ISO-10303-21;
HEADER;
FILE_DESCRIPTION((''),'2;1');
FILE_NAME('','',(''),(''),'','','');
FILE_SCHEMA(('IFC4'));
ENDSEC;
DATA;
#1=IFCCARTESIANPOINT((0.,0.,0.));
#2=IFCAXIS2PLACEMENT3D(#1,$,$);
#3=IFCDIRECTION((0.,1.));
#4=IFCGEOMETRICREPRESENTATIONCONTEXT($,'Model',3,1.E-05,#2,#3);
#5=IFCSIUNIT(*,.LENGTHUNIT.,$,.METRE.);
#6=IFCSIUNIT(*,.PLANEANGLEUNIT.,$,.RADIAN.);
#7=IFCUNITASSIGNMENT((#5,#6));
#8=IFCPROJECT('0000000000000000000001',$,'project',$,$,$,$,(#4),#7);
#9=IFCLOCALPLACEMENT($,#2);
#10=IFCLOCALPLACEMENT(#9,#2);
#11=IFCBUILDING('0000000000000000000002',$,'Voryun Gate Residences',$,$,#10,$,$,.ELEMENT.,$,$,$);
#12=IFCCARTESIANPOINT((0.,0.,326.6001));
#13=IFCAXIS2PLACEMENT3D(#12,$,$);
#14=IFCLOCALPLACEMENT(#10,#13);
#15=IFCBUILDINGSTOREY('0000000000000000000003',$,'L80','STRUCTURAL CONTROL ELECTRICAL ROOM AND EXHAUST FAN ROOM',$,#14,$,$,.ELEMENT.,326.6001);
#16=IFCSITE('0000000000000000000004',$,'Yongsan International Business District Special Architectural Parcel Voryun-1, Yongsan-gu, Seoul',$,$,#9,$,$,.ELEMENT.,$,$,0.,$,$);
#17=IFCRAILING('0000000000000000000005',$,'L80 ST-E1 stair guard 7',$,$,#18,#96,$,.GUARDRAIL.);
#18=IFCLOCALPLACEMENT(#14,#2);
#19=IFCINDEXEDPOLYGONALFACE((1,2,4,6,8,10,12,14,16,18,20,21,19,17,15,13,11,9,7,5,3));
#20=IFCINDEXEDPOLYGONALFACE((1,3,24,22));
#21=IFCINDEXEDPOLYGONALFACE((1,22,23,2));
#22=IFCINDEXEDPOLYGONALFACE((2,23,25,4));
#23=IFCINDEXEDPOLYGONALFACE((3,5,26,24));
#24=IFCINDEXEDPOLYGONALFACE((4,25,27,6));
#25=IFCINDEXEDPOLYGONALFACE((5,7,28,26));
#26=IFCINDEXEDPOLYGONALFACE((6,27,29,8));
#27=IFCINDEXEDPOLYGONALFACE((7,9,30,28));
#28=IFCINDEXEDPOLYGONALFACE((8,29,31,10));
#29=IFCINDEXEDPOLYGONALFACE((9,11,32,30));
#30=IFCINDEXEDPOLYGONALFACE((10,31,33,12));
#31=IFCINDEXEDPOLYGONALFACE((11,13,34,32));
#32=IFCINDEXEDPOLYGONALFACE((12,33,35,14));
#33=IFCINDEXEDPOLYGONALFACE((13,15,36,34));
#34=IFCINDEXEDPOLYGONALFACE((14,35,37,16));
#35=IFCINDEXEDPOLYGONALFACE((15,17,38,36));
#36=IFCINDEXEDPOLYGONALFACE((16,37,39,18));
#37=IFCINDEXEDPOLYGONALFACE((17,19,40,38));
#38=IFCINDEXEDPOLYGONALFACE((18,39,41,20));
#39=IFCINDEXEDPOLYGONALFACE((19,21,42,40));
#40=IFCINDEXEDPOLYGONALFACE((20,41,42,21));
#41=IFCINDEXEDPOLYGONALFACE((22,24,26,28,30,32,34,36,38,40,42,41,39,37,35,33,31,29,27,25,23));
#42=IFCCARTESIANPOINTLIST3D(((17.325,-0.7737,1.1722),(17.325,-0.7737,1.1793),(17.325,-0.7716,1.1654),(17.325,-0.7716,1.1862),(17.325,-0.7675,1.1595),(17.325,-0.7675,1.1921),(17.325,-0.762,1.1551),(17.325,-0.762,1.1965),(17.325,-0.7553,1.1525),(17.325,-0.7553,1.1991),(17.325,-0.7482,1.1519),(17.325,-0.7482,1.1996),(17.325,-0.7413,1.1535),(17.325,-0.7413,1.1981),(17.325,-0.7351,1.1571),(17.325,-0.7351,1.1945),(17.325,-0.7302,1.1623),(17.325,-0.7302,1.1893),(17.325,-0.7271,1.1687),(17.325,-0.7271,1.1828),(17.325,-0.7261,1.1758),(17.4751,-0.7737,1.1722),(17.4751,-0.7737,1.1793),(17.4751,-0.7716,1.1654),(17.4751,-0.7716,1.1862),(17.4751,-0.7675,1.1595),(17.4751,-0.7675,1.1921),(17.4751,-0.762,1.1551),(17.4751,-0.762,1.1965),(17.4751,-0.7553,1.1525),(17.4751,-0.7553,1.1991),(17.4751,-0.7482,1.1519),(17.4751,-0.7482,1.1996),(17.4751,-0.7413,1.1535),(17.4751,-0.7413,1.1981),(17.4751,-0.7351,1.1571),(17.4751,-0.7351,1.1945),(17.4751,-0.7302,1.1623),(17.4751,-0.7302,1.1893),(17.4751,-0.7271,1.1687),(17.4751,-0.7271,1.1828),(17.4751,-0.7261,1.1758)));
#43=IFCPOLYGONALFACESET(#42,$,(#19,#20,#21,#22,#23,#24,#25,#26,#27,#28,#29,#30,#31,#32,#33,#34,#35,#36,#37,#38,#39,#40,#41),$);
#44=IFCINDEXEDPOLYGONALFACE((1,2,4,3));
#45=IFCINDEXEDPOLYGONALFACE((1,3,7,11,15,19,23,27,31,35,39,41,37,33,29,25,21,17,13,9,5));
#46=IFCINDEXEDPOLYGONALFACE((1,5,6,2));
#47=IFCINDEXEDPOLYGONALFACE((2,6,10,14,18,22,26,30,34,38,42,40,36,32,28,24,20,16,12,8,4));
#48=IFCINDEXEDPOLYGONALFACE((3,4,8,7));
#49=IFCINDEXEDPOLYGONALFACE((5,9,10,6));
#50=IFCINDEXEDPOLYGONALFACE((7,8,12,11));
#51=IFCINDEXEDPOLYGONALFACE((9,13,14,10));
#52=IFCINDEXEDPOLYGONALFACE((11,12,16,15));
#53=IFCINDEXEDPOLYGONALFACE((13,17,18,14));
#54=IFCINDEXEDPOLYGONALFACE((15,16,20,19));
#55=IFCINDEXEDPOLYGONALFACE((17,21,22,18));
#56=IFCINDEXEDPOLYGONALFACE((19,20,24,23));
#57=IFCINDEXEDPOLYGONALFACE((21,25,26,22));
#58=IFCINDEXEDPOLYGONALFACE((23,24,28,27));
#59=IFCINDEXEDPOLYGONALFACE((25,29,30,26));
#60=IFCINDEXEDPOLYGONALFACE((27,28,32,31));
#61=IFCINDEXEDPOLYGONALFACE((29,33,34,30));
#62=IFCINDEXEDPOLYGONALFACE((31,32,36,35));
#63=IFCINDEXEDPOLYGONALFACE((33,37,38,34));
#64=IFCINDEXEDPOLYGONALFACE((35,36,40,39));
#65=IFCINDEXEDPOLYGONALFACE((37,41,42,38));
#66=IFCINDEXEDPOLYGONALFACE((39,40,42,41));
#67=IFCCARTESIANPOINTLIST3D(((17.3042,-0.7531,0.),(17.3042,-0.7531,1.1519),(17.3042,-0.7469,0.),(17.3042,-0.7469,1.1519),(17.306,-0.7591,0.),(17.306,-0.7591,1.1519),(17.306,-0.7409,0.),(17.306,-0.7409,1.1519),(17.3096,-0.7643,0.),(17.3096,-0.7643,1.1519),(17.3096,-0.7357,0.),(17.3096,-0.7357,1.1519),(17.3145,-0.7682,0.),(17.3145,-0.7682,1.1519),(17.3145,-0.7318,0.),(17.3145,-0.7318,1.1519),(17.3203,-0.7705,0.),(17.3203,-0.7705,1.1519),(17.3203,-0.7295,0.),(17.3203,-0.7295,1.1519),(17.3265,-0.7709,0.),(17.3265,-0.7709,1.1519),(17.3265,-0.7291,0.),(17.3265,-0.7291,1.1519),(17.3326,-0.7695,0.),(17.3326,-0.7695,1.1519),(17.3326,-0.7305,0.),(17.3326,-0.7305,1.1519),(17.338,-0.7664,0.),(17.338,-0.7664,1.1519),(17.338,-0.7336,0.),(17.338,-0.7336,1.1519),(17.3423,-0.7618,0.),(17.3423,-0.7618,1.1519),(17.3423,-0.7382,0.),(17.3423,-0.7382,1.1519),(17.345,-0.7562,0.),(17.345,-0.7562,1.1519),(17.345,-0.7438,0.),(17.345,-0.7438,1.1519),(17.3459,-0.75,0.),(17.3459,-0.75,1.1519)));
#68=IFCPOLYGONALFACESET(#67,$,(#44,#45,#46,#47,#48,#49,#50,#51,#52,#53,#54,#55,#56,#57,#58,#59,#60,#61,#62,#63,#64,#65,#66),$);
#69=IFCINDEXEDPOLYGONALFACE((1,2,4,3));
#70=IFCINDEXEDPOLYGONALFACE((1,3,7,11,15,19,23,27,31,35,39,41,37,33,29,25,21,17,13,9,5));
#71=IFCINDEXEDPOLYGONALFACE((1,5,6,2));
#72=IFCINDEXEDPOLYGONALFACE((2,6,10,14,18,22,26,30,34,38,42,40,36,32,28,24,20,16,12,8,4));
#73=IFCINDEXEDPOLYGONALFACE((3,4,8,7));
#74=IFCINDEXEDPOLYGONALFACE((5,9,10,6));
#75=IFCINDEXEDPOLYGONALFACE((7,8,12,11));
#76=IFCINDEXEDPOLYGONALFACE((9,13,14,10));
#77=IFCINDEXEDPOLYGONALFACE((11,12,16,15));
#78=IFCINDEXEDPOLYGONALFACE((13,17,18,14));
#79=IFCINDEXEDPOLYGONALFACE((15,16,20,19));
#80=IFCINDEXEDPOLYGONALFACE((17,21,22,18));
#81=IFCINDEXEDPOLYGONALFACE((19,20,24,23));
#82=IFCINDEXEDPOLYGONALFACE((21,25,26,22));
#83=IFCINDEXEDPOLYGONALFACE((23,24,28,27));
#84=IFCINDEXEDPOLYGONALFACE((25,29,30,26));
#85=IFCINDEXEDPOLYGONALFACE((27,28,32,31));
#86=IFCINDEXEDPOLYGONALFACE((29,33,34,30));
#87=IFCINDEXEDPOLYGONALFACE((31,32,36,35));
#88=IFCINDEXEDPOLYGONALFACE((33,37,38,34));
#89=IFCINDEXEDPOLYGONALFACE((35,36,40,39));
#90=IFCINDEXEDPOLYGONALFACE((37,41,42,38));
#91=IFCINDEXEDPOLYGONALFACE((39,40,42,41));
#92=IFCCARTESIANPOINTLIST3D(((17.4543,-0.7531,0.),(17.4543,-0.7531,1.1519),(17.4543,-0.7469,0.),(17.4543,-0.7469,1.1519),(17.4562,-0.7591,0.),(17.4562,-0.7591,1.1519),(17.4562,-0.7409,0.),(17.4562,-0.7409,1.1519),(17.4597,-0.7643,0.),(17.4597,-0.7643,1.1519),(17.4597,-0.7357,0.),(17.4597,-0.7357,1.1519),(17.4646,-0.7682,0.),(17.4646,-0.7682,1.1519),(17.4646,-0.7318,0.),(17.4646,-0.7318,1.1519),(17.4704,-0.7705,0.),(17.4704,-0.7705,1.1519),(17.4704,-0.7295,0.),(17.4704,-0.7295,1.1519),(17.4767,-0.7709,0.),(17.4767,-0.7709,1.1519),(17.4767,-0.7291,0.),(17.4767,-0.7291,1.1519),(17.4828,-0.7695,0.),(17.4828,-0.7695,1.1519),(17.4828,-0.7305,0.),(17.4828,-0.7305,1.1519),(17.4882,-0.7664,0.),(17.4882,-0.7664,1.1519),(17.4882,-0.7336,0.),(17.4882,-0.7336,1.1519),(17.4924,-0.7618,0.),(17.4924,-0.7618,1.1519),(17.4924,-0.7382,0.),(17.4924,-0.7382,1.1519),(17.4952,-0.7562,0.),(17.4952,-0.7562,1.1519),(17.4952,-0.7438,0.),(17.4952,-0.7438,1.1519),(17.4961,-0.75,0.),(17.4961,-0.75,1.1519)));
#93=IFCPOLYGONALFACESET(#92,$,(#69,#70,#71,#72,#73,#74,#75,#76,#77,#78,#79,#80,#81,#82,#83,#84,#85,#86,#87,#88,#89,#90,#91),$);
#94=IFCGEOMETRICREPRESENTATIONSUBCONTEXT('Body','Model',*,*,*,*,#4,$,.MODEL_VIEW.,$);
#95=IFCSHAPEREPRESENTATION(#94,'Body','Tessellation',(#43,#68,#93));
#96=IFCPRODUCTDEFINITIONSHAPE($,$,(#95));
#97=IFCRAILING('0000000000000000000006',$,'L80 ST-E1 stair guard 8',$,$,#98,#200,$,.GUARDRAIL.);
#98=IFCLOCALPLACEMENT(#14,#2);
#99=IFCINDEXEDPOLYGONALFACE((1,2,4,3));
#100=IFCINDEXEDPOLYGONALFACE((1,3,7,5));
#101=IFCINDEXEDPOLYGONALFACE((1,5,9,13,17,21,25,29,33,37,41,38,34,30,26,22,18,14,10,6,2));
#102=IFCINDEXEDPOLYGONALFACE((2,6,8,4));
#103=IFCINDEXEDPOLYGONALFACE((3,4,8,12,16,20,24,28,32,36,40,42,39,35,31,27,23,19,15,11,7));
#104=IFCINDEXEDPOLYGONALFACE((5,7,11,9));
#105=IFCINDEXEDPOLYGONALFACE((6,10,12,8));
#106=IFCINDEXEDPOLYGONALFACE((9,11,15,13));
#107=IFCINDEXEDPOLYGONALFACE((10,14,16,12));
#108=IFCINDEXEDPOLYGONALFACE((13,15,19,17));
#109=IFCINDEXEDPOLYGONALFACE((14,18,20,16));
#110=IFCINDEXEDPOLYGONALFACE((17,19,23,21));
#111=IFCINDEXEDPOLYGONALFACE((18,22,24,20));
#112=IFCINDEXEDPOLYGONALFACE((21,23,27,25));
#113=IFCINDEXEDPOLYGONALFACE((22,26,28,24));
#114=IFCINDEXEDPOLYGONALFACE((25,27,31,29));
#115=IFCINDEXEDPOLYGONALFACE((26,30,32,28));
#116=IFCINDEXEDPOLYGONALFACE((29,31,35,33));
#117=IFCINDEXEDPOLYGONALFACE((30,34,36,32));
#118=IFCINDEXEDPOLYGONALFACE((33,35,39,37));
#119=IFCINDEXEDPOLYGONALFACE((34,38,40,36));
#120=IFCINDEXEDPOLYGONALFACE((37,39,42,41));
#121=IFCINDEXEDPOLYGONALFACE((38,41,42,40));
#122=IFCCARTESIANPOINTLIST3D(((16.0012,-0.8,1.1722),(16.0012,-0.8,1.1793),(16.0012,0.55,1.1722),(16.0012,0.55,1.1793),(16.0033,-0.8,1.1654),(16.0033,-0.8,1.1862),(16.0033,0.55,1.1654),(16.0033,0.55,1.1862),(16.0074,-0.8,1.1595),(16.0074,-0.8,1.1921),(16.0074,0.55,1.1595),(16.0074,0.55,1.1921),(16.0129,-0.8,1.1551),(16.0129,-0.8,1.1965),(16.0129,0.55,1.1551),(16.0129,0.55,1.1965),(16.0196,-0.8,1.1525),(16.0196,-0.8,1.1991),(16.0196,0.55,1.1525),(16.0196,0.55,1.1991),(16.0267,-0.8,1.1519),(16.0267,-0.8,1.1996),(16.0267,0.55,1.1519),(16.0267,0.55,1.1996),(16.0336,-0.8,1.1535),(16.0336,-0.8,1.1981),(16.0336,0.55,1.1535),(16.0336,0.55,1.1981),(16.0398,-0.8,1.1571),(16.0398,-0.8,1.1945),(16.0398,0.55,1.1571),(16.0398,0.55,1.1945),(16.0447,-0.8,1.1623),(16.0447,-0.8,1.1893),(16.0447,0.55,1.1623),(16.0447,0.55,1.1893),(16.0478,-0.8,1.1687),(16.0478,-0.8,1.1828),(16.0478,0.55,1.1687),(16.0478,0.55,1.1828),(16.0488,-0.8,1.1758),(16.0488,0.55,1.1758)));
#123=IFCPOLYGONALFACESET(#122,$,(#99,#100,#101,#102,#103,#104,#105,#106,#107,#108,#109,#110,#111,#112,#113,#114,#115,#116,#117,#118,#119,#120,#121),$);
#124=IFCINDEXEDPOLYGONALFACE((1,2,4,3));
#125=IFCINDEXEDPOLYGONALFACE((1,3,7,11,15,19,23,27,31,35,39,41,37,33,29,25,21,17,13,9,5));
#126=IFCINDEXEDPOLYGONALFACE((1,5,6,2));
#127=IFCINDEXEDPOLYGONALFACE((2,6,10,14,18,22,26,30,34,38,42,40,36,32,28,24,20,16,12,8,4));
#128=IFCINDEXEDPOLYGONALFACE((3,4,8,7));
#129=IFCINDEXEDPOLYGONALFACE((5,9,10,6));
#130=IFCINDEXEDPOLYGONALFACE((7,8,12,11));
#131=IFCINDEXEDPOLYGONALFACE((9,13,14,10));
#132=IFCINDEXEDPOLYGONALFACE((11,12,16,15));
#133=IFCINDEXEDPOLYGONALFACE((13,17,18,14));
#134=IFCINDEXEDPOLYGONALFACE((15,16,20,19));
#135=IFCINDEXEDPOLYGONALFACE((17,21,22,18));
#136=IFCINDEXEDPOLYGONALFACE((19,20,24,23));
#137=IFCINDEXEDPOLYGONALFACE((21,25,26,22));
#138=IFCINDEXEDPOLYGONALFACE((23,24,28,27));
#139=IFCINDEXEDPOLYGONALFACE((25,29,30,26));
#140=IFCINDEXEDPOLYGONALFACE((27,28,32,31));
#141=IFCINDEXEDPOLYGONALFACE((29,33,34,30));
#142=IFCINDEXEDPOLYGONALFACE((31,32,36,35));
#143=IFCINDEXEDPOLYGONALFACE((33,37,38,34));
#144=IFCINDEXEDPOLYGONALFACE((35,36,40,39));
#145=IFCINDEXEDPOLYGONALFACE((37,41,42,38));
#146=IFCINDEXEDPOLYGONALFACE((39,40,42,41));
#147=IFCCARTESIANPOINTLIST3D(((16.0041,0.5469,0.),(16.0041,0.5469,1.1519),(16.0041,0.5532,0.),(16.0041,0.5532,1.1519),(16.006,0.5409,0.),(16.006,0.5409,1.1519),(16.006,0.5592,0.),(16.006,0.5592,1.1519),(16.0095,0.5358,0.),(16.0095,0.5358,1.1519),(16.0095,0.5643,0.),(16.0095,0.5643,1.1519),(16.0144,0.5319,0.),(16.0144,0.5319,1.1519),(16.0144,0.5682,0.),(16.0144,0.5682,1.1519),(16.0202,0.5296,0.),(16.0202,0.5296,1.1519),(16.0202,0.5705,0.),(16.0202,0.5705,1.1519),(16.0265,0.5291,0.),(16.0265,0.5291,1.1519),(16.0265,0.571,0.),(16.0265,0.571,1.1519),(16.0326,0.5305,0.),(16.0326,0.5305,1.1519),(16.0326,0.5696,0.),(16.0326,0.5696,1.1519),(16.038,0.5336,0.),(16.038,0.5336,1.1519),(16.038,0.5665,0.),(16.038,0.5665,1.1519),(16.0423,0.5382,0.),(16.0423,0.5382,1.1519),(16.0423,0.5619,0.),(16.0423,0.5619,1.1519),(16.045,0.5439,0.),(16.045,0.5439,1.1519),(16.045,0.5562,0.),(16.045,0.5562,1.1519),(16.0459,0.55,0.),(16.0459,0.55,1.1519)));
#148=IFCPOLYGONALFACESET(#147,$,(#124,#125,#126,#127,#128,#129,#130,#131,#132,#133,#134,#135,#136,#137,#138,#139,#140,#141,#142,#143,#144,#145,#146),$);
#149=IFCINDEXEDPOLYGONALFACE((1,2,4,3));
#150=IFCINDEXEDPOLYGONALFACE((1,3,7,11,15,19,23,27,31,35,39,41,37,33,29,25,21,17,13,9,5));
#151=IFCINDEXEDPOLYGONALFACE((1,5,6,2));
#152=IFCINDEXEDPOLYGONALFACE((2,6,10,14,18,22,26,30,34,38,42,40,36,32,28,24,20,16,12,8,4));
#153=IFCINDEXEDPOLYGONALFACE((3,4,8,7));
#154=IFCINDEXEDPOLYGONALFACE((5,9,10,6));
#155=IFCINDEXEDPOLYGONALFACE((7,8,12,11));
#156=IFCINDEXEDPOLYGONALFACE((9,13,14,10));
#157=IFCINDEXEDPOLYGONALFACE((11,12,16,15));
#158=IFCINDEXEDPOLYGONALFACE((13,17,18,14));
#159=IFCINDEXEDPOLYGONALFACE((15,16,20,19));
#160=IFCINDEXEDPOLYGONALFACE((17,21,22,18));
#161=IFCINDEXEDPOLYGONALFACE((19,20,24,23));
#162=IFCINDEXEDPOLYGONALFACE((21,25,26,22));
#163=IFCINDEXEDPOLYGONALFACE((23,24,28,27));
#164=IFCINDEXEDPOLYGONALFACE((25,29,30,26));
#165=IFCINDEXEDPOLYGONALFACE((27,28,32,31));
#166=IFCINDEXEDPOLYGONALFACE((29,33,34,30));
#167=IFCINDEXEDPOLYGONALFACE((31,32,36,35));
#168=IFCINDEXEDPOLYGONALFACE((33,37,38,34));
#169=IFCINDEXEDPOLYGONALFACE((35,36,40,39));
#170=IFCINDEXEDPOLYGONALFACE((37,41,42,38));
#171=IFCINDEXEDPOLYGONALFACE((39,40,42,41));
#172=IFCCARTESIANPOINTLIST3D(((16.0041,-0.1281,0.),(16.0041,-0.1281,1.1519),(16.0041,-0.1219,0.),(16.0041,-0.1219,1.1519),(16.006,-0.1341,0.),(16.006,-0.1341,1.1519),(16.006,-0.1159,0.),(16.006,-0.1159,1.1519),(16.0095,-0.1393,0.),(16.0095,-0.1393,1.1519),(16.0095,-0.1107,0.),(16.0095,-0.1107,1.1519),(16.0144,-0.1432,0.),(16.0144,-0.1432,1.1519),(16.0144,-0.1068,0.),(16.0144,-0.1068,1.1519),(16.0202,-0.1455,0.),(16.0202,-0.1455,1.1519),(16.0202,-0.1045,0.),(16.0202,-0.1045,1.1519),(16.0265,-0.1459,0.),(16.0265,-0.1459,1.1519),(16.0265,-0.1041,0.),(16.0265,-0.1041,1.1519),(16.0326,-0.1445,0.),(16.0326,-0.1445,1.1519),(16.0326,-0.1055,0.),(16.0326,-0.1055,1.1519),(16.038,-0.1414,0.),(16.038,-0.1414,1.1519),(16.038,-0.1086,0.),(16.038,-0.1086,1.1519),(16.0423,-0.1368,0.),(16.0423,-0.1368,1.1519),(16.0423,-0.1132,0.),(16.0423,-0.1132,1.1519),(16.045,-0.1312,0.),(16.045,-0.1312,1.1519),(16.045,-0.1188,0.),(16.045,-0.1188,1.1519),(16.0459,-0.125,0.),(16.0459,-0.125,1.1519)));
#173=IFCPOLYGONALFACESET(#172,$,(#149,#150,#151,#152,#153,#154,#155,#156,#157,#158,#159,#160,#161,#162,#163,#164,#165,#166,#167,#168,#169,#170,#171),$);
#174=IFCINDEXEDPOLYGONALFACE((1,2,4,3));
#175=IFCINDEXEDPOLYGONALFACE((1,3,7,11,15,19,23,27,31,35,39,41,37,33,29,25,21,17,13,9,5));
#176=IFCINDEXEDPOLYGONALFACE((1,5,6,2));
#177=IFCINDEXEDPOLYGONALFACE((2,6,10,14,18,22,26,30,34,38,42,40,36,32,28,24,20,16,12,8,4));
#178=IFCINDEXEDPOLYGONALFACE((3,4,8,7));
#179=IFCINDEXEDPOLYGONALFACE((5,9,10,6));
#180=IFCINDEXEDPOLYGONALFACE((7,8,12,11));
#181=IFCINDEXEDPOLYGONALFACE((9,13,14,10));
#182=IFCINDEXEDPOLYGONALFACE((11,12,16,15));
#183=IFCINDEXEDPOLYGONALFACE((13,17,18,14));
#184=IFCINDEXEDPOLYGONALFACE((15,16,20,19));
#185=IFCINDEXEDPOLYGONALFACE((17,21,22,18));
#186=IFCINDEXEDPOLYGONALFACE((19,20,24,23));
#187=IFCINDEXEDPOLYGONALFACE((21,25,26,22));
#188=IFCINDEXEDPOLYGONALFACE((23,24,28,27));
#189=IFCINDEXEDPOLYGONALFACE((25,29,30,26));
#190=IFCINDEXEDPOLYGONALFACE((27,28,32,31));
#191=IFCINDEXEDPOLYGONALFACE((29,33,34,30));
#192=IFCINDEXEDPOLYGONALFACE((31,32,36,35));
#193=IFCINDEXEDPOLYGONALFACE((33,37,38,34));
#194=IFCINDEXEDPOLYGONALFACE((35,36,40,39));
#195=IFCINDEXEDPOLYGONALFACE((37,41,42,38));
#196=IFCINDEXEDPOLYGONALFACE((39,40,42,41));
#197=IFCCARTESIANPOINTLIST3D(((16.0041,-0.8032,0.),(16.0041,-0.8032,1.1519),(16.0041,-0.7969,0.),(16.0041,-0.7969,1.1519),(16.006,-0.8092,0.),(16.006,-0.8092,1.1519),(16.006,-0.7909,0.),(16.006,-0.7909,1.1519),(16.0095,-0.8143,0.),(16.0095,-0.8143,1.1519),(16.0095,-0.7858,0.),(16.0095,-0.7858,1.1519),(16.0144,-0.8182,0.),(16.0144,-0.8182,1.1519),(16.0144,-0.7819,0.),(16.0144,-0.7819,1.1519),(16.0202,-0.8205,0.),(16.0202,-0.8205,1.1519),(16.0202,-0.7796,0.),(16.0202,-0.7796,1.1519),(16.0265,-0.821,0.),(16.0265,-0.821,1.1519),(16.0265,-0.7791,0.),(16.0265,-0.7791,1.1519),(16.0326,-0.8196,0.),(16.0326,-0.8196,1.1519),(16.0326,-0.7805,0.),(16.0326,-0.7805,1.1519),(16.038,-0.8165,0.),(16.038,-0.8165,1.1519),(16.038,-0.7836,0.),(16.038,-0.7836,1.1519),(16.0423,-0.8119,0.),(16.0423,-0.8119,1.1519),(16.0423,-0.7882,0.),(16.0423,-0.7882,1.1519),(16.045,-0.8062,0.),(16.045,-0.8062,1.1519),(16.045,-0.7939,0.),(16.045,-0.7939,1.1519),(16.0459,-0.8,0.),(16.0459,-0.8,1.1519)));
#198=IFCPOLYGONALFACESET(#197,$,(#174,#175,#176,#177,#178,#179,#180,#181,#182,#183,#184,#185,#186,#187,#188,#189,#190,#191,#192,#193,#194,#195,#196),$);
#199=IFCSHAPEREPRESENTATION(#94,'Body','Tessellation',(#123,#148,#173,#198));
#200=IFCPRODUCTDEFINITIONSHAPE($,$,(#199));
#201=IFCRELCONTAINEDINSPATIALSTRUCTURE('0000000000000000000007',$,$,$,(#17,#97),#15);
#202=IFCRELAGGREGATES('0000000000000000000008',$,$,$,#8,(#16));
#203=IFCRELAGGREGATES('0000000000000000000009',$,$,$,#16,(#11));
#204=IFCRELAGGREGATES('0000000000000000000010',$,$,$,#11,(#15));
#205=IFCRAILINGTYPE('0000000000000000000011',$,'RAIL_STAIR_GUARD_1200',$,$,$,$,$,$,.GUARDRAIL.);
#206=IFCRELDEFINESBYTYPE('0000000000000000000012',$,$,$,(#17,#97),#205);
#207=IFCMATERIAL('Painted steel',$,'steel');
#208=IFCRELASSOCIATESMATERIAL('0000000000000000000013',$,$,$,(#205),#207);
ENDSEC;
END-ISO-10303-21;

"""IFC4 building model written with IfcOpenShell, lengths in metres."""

from ifc_helpers import new_model, si_unit, direction, frame, origin, origin_2d, place, context, subcontext, project, spatial, circle, extrude, material, type_object, element, save


model = new_model("IFC4")

# Units and contexts
model_context = context("Model", 3, precision=1e-05, world=origin(), true_north=direction((0.0, 1.0)))
body_context = subcontext(model_context, "Body", "Model", "MODEL_VIEW")
ifc_project = project(units=[si_unit("LENGTHUNIT", "METRE"), si_unit("PLANEANGLEUNIT", "RADIAN")], contexts=[model_context])

# Site, building, storey
site_placement = place(None, origin())
site = spatial("IfcSite", under=ifc_project, at=site_placement, Name="Yongsan International Business District Special Architectural Parcel Voryun-1, Yongsan-gu, Seoul", CompositionType="ELEMENT", RefElevation=0.0)
building_placement = place(site_placement, origin())
building = spatial("IfcBuilding", under=site, at=building_placement, Name="Voryun Gate Residences", CompositionType="ELEMENT")
storey_placement = place(building_placement, frame((0.0, 0.0, 326.6001)))
storey = spatial("IfcBuildingStorey", under=building, at=storey_placement, Name="L80", Description="STRUCTURAL CONTROL ELECTRICAL ROOM AND EXHAUST FAN ROOM", CompositionType="ELEMENT", Elevation=326.6001)

# Railings
ifc_material_1 = material(Name="Painted steel", Category="steel")
railing_type = type_object("IfcRailingType", Name="RAIL_STAIR_GUARD_1200", PredefinedType="GUARDRAIL", material=ifc_material_1)
railing_placement = place(storey_placement, frame((17.325, -0.75, 0.0)))
element("IfcRailing", 1, at=railing_placement, inside=storey, type_object=railing_type, Name="L80 ST-E1 stair guard 7", PredefinedType="GUARDRAIL", context=body_context, shape_type="SweptSolid", body=[
    extrude(circle(Radius=0.0239, at=origin_2d()), frame((0.0, 0.0, 1.1758), z_axis=(1.0, 0.0, 0.0), x_axis=(0.0, 1.0, 0.0)), (0.0, 0.0, 1.0), 0.1501),
    extrude(circle(Radius=0.021, at=origin_2d()), origin(), (0.0, 0.0, 1.0), 1.1519),
    extrude(circle(Radius=0.021, at=origin_2d()), frame((0.1501, 0.0, 0.0)), (0.0, 0.0, 1.0), 1.1519),
])
for number, where, name in (
    (2, (16.0249, 0.55, 0.0), "L80 ST-E1 stair guard 8"),
):
    element("IfcRailing", number, at=place(storey_placement, frame(where)), inside=storey, type_object=railing_type, Name=name, PredefinedType="GUARDRAIL", context=body_context, shape_type="SweptSolid", body=[
        extrude(circle(Radius=0.0239, at=origin_2d()), frame((0.0, 0.0, 1.1758), z_axis=(0.0, -1.0, 0.0), x_axis=(1.0, 0.0, 0.0)), (0.0, 0.0, 1.0), 1.3501),
        extrude(circle(Radius=0.021, at=origin_2d()), origin(), (0.0, 0.0, 1.0), 1.1519),
        extrude(circle(Radius=0.021, at=origin_2d()), frame((0.0, -0.675, 0.0)), (0.0, 0.0, 1.0), 1.1519),
        extrude(circle(Radius=0.021, at=origin_2d()), frame((0.0, -1.3501, 0.0)), (0.0, 0.0, 1.0), 1.1519),
    ])

save(model, "model.ifc")
